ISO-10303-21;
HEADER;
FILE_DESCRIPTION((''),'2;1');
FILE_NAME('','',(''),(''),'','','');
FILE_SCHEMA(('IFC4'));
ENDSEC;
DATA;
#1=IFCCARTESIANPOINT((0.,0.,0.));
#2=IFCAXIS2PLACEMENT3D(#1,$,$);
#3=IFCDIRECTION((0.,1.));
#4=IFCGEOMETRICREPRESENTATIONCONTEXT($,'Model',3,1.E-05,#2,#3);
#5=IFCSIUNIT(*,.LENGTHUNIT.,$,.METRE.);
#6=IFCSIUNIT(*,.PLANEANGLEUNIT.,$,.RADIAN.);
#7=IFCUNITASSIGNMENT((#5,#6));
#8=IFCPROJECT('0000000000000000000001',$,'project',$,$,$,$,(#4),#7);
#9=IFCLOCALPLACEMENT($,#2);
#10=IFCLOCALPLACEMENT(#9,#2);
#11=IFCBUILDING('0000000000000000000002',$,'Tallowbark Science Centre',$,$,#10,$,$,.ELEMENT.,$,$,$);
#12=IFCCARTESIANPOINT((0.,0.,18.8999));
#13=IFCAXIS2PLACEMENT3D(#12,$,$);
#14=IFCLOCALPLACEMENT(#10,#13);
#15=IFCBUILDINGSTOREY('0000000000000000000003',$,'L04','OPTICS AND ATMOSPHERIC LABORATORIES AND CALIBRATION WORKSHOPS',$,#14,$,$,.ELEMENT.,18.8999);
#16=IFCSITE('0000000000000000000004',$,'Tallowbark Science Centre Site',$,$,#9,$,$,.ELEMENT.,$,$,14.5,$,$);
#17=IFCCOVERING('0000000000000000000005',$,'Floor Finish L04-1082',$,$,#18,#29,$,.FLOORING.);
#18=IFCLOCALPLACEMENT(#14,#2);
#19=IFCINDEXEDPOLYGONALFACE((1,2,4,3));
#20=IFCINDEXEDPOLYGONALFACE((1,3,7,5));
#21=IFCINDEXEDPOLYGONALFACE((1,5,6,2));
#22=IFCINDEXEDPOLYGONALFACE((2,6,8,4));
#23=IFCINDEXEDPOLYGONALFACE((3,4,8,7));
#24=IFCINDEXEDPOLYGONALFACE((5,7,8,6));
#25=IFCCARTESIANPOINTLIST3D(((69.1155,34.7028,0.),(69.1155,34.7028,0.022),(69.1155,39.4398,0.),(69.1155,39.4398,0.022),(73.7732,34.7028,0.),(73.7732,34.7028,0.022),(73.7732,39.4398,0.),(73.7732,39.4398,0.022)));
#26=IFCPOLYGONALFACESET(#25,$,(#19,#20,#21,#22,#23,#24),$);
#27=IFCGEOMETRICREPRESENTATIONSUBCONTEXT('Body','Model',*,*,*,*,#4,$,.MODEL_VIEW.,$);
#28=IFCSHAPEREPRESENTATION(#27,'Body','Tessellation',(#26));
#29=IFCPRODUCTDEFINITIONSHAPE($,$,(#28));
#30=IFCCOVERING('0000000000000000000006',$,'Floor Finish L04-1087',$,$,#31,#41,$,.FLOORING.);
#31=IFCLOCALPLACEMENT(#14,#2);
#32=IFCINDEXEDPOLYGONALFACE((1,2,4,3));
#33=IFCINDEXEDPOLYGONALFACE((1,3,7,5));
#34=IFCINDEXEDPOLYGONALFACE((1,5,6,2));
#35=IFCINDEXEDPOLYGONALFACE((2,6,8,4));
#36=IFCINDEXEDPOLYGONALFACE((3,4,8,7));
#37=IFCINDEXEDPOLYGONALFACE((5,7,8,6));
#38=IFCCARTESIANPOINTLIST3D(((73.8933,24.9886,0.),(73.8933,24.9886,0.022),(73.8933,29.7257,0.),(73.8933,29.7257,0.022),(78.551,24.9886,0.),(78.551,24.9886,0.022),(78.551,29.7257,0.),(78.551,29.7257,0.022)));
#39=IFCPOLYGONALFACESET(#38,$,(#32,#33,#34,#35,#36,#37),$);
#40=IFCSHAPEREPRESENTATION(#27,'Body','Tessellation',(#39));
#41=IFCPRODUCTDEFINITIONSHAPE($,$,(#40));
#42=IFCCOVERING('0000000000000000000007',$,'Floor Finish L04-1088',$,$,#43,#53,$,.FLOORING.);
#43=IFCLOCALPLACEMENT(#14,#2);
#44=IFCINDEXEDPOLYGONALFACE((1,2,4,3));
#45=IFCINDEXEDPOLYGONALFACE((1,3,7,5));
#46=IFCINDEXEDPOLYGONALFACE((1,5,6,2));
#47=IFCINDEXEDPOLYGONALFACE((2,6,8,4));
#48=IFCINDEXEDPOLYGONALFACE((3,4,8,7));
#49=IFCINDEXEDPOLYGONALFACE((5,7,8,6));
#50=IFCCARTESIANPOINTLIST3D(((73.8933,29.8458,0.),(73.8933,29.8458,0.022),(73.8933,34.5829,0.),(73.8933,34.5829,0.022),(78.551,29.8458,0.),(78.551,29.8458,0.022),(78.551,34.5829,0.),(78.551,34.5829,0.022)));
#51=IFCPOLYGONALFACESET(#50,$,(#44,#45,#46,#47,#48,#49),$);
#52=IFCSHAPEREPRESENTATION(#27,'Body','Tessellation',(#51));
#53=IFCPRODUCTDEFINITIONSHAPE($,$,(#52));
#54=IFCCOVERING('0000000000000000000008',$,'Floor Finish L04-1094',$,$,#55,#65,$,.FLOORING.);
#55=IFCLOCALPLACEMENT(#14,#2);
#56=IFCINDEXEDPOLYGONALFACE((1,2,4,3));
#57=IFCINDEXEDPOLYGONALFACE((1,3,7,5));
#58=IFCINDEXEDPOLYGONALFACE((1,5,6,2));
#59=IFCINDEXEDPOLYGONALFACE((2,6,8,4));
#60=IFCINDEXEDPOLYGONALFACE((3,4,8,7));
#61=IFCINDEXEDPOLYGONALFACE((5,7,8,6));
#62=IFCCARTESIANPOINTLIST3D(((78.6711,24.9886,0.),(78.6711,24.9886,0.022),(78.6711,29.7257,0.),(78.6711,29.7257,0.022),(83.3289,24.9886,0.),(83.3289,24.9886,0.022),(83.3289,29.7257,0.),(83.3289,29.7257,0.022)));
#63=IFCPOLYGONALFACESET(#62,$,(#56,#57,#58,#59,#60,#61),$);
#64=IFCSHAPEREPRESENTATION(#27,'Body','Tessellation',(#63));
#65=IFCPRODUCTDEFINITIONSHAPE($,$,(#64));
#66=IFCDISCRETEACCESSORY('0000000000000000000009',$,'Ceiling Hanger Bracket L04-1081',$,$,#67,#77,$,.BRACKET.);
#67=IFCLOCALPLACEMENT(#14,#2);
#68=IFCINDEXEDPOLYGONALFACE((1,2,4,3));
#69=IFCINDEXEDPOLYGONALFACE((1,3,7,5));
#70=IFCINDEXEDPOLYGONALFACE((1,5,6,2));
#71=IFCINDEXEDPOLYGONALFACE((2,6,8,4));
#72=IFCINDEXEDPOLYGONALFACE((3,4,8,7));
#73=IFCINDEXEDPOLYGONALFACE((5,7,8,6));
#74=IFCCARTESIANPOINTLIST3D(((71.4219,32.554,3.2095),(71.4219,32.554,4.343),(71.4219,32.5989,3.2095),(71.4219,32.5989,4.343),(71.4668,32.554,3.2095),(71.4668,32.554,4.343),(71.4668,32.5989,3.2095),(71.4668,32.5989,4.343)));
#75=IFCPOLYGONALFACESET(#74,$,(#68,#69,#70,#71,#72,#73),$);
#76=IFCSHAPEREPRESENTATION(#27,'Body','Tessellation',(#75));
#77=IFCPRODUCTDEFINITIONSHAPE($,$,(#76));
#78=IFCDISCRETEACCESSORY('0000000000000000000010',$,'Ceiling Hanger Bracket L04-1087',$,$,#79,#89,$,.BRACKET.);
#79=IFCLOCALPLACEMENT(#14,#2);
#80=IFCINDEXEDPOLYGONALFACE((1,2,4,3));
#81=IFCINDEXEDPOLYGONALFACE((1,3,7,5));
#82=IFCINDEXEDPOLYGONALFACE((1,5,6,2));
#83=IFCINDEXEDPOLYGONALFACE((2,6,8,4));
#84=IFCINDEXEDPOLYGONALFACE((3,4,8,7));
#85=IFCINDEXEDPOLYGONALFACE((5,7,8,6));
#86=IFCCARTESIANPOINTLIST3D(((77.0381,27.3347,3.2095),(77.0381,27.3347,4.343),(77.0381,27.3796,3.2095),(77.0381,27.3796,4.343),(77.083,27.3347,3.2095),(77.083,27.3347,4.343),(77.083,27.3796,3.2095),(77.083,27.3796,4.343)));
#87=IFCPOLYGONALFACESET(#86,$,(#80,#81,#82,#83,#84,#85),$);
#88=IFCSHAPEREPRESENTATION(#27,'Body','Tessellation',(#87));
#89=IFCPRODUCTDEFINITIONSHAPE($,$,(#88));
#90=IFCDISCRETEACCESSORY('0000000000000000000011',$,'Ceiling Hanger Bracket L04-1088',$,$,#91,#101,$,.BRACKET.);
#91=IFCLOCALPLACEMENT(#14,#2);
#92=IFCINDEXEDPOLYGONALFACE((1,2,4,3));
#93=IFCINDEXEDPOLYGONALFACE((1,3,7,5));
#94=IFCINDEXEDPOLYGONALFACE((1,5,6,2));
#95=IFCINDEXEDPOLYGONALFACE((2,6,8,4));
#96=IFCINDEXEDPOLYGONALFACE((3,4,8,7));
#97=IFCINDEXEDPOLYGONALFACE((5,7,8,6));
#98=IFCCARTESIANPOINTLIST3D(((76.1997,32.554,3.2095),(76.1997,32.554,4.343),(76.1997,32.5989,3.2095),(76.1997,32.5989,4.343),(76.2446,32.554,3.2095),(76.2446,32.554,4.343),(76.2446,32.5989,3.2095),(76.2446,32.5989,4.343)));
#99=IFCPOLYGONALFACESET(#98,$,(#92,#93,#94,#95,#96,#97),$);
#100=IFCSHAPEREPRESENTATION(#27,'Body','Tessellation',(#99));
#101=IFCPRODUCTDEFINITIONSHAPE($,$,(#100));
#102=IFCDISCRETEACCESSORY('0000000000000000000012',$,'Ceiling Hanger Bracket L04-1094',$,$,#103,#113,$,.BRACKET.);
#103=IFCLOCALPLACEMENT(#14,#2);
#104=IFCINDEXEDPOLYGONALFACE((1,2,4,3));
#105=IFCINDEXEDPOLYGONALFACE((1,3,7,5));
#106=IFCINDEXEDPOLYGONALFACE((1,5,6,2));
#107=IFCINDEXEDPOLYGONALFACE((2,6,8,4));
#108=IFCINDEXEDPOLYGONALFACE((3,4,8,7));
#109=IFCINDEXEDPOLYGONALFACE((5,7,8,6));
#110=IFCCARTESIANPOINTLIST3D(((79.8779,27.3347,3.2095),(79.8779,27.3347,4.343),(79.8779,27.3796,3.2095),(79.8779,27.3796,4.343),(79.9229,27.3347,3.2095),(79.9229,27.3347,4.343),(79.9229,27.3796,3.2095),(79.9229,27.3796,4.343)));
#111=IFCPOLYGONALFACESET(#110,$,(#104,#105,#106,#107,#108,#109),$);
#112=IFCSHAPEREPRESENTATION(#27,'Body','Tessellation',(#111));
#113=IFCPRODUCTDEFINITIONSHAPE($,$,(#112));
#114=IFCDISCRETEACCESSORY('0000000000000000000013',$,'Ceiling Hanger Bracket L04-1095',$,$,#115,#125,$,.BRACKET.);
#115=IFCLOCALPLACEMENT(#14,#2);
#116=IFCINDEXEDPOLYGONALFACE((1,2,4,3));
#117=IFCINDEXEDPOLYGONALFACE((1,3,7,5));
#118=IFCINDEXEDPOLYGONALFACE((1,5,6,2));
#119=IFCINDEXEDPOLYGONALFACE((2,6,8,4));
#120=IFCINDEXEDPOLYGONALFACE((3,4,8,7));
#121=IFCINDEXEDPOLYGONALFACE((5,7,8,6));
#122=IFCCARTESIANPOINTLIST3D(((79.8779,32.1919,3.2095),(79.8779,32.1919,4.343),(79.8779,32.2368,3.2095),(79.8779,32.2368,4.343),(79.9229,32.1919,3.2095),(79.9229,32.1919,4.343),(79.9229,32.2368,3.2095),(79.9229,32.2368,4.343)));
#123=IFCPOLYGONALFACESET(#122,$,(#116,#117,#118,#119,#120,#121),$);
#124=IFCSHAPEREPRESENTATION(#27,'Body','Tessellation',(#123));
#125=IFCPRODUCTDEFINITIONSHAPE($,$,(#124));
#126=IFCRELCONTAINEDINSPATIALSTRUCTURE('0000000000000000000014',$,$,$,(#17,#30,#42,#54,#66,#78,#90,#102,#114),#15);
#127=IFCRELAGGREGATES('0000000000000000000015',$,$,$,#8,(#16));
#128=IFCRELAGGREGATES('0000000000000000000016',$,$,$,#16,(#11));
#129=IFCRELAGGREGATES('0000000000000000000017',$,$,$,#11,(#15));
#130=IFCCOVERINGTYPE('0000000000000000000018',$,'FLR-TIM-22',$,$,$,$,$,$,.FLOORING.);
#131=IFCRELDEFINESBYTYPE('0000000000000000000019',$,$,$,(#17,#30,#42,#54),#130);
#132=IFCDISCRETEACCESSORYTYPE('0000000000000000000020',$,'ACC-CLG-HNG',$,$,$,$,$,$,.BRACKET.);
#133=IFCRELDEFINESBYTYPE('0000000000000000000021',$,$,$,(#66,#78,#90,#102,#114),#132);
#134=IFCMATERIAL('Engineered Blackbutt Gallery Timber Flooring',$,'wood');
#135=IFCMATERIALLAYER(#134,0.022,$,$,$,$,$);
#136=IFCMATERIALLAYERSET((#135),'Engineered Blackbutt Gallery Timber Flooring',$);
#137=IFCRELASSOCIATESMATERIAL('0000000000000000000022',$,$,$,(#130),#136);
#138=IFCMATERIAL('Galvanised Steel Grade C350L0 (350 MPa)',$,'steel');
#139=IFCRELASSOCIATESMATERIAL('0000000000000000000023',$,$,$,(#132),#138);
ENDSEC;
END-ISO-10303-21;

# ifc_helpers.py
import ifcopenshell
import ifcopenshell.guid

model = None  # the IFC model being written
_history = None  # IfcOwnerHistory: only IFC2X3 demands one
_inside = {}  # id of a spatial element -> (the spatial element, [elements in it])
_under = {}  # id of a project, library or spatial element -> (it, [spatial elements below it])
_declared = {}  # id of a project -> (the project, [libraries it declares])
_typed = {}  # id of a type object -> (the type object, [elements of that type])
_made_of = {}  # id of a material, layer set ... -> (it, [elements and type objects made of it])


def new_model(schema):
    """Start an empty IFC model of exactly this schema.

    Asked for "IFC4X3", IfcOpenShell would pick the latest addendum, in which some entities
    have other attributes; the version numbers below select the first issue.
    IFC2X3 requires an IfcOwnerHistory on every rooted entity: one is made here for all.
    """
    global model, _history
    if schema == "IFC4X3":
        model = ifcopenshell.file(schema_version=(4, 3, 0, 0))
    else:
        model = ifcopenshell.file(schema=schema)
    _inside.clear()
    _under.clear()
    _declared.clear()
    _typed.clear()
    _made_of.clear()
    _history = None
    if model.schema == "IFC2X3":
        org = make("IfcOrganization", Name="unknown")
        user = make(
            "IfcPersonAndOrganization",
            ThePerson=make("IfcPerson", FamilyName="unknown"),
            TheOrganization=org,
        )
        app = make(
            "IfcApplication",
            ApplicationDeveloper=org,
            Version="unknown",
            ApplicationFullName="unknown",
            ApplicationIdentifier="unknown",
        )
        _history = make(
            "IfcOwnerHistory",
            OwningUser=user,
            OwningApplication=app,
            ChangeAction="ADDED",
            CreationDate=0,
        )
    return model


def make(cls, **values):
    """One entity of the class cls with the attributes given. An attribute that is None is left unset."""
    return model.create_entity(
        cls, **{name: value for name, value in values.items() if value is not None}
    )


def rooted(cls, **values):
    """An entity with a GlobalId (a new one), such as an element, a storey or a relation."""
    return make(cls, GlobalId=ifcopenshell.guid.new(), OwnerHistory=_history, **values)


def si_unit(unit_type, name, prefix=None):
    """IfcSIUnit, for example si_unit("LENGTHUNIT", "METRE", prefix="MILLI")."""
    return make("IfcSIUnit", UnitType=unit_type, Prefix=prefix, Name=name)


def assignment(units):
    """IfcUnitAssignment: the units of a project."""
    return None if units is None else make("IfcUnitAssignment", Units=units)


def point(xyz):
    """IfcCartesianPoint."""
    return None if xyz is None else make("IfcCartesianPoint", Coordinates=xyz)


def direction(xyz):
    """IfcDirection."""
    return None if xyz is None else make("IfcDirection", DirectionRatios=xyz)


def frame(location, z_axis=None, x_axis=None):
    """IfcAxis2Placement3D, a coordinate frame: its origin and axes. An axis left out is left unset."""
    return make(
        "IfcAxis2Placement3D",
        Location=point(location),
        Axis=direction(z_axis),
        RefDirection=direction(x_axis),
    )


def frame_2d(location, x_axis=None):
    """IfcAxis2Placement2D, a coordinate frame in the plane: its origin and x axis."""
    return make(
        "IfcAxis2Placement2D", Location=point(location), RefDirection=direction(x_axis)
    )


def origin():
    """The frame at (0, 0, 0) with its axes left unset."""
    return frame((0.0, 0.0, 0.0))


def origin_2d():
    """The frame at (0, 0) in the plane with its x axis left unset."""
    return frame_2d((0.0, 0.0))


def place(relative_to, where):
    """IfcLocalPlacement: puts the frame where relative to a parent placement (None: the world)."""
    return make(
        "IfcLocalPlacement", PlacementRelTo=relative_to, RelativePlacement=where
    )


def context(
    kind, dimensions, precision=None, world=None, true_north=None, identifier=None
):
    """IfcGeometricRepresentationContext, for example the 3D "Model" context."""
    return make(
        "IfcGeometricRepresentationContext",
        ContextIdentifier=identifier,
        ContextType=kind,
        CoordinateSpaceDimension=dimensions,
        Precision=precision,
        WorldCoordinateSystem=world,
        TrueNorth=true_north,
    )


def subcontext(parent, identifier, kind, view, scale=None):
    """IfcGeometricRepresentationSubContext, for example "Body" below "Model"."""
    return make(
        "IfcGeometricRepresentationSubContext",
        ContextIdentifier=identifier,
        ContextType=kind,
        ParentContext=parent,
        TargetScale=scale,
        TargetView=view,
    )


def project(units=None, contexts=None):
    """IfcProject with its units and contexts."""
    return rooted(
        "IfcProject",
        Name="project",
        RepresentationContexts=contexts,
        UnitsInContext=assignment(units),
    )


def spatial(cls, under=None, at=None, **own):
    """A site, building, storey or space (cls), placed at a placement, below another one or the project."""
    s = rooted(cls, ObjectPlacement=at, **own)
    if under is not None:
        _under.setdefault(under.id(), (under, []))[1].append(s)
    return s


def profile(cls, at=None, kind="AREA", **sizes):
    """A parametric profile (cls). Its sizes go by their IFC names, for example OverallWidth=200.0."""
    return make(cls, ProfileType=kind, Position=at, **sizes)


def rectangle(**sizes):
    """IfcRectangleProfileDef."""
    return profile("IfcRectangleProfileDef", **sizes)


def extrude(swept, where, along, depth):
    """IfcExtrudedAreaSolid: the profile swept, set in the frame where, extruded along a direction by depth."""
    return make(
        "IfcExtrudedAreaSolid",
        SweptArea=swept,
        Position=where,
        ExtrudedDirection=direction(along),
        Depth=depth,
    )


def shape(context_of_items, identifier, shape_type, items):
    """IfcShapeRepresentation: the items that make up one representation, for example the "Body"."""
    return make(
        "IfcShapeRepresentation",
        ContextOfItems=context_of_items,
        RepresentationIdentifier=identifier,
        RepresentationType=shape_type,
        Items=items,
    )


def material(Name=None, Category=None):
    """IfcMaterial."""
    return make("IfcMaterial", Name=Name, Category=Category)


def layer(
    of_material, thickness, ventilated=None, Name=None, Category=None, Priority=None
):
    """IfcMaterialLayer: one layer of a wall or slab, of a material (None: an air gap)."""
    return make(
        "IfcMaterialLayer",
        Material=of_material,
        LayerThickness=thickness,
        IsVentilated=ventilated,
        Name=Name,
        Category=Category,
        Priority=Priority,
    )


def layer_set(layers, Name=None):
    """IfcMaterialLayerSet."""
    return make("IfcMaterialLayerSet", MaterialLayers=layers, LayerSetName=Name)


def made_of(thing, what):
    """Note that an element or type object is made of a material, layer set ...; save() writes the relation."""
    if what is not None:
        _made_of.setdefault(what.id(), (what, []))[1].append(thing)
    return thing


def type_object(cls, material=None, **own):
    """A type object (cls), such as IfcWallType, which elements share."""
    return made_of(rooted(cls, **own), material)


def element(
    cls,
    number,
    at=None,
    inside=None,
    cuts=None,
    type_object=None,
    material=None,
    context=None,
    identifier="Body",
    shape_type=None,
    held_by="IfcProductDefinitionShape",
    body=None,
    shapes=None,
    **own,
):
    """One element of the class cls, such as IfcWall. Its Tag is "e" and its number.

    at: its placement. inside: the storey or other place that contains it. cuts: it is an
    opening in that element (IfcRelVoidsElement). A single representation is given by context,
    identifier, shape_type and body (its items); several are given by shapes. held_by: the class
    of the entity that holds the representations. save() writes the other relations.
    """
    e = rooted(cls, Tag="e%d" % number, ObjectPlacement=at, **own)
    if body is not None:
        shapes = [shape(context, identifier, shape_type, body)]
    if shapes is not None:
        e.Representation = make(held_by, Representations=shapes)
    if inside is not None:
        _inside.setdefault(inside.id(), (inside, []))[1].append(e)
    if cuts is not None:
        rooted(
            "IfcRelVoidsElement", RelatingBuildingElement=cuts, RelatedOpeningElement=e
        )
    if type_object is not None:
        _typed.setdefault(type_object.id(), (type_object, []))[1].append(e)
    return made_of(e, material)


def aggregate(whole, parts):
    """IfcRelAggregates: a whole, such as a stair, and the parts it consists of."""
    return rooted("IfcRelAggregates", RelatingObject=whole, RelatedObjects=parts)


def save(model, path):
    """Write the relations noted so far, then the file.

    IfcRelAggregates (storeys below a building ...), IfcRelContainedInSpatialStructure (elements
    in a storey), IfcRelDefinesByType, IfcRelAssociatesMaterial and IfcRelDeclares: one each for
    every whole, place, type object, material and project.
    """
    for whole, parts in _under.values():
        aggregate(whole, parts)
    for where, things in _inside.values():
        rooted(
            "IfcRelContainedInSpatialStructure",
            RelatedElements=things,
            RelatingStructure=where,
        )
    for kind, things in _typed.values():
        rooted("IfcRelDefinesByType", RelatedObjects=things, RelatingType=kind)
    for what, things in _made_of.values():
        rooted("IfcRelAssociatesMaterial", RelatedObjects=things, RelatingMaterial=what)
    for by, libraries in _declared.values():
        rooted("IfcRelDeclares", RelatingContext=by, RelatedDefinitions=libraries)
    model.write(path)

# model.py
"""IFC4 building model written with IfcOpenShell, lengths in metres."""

from ifc_helpers import new_model, si_unit, direction, frame, origin, origin_2d, place, context, subcontext, project, spatial, rectangle, extrude, material, layer, layer_set, type_object, element, save


model = new_model("IFC4")

# Units and contexts
model_context = context("Model", 3, precision=1e-05, world=origin(), true_north=direction((0.0, 1.0)))
body_context = subcontext(model_context, "Body", "Model", "MODEL_VIEW")
ifc_project = project(units=[si_unit("LENGTHUNIT", "METRE"), si_unit("PLANEANGLEUNIT", "RADIAN")], contexts=[model_context])

# Site, building, storey
site_placement = place(None, origin())
site = spatial("IfcSite", under=ifc_project, at=site_placement, Name="Tallowbark Science Centre Site", CompositionType="ELEMENT", RefElevation=14.5)
building_placement = place(site_placement, origin())
building = spatial("IfcBuilding", under=site, at=building_placement, Name="Tallowbark Science Centre", CompositionType="ELEMENT")
storey_placement = place(building_placement, frame((0.0, 0.0, 18.8999)))
storey = spatial("IfcBuildingStorey", under=building, at=storey_placement, Name="L04", Description="OPTICS AND ATMOSPHERIC LABORATORIES AND CALIBRATION WORKSHOPS", CompositionType="ELEMENT", Elevation=18.8999)

# Coverings
ifc_material_1 = material(Name="Engineered Blackbutt Gallery Timber Flooring", Category="wood")
ifc_layer_1 = layer(ifc_material_1, 0.022)
ifc_layer_set_1 = layer_set([ifc_layer_1], Name="Engineered Blackbutt Gallery Timber Flooring")
covering_type_1 = type_object("IfcCoveringType", Name="FLR-TIM-22", PredefinedType="FLOORING", material=ifc_layer_set_1)
for number, where, z_axis, x_axis, name in (
    (1, (71.4443, 37.0713, 0.0), (0.0, 0.0, 1.0), (1.0, 0.0, 0.0), "Floor Finish L04-1082"),
    (2, (76.2222, 27.3572, 0.0), (0.0, 0.0, 1.0), (1.0, 0.0, 0.0), "Floor Finish L04-1087"),
    (3, (76.2222, 32.2144, 0.0), (0.0, 0.0, 1.0), (1.0, 0.0, 0.0), "Floor Finish L04-1088"),
    (4, (81.0, 27.3572, 0.0), (0.0, 0.0, 1.0), (1.0, 0.0, 0.0), "Floor Finish L04-1094"),
):
    element("IfcCovering", number, at=place(storey_placement, frame(where, z_axis=z_axis, x_axis=x_axis)), inside=storey, type_object=covering_type_1, Name=name, PredefinedType="FLOORING", context=body_context, shape_type="SweptSolid", body=[
        extrude(rectangle(XDim=4.6577, YDim=4.7371, at=origin_2d()), origin(), (0.0, 0.0, 1.0), 0.022),
    ])

# Discrete accessories
ifc_material_2 = material(Name="Galvanised Steel Grade C350L0 (350 MPa)", Category="steel")
discrete_accessory_type = type_object("IfcDiscreteAccessoryType", Name="ACC-CLG-HNG", PredefinedType="BRACKET", material=ifc_material_2)
for number, where, z_axis, x_axis, name in (
    (5, (71.4443, 32.5764, 3.2095), (0.0, 0.0, 1.0), (1.0, 0.0, 0.0), "Ceiling Hanger Bracket L04-1081"),
    (6, (77.0605, 27.3572, 3.2095), (0.0, 0.0, 1.0), (1.0, 0.0, 0.0), "Ceiling Hanger Bracket L04-1087"),
    (7, (76.2222, 32.5764, 3.2095), (0.0, 0.0, 1.0), (1.0, 0.0, 0.0), "Ceiling Hanger Bracket L04-1088"),
    (8, (79.9004, 27.3572, 3.2095), (0.0, 0.0, 1.0), (1.0, 0.0, 0.0), "Ceiling Hanger Bracket L04-1094"),
    (9, (79.9004, 32.2144, 3.2095), (0.0, 0.0, 1.0), (1.0, 0.0, 0.0), "Ceiling Hanger Bracket L04-1095"),
):
    element("IfcDiscreteAccessory", number, at=place(storey_placement, frame(where, z_axis=z_axis, x_axis=x_axis)), inside=storey, type_object=discrete_accessory_type, Name=name, PredefinedType="BRACKET", context=body_context, shape_type="SweptSolid", body=[
        extrude(rectangle(XDim=0.0449, YDim=0.0449, at=origin_2d()), origin(), (0.0, 0.0, 1.0), 1.1335),
    ])

save(model, "model.ifc")
